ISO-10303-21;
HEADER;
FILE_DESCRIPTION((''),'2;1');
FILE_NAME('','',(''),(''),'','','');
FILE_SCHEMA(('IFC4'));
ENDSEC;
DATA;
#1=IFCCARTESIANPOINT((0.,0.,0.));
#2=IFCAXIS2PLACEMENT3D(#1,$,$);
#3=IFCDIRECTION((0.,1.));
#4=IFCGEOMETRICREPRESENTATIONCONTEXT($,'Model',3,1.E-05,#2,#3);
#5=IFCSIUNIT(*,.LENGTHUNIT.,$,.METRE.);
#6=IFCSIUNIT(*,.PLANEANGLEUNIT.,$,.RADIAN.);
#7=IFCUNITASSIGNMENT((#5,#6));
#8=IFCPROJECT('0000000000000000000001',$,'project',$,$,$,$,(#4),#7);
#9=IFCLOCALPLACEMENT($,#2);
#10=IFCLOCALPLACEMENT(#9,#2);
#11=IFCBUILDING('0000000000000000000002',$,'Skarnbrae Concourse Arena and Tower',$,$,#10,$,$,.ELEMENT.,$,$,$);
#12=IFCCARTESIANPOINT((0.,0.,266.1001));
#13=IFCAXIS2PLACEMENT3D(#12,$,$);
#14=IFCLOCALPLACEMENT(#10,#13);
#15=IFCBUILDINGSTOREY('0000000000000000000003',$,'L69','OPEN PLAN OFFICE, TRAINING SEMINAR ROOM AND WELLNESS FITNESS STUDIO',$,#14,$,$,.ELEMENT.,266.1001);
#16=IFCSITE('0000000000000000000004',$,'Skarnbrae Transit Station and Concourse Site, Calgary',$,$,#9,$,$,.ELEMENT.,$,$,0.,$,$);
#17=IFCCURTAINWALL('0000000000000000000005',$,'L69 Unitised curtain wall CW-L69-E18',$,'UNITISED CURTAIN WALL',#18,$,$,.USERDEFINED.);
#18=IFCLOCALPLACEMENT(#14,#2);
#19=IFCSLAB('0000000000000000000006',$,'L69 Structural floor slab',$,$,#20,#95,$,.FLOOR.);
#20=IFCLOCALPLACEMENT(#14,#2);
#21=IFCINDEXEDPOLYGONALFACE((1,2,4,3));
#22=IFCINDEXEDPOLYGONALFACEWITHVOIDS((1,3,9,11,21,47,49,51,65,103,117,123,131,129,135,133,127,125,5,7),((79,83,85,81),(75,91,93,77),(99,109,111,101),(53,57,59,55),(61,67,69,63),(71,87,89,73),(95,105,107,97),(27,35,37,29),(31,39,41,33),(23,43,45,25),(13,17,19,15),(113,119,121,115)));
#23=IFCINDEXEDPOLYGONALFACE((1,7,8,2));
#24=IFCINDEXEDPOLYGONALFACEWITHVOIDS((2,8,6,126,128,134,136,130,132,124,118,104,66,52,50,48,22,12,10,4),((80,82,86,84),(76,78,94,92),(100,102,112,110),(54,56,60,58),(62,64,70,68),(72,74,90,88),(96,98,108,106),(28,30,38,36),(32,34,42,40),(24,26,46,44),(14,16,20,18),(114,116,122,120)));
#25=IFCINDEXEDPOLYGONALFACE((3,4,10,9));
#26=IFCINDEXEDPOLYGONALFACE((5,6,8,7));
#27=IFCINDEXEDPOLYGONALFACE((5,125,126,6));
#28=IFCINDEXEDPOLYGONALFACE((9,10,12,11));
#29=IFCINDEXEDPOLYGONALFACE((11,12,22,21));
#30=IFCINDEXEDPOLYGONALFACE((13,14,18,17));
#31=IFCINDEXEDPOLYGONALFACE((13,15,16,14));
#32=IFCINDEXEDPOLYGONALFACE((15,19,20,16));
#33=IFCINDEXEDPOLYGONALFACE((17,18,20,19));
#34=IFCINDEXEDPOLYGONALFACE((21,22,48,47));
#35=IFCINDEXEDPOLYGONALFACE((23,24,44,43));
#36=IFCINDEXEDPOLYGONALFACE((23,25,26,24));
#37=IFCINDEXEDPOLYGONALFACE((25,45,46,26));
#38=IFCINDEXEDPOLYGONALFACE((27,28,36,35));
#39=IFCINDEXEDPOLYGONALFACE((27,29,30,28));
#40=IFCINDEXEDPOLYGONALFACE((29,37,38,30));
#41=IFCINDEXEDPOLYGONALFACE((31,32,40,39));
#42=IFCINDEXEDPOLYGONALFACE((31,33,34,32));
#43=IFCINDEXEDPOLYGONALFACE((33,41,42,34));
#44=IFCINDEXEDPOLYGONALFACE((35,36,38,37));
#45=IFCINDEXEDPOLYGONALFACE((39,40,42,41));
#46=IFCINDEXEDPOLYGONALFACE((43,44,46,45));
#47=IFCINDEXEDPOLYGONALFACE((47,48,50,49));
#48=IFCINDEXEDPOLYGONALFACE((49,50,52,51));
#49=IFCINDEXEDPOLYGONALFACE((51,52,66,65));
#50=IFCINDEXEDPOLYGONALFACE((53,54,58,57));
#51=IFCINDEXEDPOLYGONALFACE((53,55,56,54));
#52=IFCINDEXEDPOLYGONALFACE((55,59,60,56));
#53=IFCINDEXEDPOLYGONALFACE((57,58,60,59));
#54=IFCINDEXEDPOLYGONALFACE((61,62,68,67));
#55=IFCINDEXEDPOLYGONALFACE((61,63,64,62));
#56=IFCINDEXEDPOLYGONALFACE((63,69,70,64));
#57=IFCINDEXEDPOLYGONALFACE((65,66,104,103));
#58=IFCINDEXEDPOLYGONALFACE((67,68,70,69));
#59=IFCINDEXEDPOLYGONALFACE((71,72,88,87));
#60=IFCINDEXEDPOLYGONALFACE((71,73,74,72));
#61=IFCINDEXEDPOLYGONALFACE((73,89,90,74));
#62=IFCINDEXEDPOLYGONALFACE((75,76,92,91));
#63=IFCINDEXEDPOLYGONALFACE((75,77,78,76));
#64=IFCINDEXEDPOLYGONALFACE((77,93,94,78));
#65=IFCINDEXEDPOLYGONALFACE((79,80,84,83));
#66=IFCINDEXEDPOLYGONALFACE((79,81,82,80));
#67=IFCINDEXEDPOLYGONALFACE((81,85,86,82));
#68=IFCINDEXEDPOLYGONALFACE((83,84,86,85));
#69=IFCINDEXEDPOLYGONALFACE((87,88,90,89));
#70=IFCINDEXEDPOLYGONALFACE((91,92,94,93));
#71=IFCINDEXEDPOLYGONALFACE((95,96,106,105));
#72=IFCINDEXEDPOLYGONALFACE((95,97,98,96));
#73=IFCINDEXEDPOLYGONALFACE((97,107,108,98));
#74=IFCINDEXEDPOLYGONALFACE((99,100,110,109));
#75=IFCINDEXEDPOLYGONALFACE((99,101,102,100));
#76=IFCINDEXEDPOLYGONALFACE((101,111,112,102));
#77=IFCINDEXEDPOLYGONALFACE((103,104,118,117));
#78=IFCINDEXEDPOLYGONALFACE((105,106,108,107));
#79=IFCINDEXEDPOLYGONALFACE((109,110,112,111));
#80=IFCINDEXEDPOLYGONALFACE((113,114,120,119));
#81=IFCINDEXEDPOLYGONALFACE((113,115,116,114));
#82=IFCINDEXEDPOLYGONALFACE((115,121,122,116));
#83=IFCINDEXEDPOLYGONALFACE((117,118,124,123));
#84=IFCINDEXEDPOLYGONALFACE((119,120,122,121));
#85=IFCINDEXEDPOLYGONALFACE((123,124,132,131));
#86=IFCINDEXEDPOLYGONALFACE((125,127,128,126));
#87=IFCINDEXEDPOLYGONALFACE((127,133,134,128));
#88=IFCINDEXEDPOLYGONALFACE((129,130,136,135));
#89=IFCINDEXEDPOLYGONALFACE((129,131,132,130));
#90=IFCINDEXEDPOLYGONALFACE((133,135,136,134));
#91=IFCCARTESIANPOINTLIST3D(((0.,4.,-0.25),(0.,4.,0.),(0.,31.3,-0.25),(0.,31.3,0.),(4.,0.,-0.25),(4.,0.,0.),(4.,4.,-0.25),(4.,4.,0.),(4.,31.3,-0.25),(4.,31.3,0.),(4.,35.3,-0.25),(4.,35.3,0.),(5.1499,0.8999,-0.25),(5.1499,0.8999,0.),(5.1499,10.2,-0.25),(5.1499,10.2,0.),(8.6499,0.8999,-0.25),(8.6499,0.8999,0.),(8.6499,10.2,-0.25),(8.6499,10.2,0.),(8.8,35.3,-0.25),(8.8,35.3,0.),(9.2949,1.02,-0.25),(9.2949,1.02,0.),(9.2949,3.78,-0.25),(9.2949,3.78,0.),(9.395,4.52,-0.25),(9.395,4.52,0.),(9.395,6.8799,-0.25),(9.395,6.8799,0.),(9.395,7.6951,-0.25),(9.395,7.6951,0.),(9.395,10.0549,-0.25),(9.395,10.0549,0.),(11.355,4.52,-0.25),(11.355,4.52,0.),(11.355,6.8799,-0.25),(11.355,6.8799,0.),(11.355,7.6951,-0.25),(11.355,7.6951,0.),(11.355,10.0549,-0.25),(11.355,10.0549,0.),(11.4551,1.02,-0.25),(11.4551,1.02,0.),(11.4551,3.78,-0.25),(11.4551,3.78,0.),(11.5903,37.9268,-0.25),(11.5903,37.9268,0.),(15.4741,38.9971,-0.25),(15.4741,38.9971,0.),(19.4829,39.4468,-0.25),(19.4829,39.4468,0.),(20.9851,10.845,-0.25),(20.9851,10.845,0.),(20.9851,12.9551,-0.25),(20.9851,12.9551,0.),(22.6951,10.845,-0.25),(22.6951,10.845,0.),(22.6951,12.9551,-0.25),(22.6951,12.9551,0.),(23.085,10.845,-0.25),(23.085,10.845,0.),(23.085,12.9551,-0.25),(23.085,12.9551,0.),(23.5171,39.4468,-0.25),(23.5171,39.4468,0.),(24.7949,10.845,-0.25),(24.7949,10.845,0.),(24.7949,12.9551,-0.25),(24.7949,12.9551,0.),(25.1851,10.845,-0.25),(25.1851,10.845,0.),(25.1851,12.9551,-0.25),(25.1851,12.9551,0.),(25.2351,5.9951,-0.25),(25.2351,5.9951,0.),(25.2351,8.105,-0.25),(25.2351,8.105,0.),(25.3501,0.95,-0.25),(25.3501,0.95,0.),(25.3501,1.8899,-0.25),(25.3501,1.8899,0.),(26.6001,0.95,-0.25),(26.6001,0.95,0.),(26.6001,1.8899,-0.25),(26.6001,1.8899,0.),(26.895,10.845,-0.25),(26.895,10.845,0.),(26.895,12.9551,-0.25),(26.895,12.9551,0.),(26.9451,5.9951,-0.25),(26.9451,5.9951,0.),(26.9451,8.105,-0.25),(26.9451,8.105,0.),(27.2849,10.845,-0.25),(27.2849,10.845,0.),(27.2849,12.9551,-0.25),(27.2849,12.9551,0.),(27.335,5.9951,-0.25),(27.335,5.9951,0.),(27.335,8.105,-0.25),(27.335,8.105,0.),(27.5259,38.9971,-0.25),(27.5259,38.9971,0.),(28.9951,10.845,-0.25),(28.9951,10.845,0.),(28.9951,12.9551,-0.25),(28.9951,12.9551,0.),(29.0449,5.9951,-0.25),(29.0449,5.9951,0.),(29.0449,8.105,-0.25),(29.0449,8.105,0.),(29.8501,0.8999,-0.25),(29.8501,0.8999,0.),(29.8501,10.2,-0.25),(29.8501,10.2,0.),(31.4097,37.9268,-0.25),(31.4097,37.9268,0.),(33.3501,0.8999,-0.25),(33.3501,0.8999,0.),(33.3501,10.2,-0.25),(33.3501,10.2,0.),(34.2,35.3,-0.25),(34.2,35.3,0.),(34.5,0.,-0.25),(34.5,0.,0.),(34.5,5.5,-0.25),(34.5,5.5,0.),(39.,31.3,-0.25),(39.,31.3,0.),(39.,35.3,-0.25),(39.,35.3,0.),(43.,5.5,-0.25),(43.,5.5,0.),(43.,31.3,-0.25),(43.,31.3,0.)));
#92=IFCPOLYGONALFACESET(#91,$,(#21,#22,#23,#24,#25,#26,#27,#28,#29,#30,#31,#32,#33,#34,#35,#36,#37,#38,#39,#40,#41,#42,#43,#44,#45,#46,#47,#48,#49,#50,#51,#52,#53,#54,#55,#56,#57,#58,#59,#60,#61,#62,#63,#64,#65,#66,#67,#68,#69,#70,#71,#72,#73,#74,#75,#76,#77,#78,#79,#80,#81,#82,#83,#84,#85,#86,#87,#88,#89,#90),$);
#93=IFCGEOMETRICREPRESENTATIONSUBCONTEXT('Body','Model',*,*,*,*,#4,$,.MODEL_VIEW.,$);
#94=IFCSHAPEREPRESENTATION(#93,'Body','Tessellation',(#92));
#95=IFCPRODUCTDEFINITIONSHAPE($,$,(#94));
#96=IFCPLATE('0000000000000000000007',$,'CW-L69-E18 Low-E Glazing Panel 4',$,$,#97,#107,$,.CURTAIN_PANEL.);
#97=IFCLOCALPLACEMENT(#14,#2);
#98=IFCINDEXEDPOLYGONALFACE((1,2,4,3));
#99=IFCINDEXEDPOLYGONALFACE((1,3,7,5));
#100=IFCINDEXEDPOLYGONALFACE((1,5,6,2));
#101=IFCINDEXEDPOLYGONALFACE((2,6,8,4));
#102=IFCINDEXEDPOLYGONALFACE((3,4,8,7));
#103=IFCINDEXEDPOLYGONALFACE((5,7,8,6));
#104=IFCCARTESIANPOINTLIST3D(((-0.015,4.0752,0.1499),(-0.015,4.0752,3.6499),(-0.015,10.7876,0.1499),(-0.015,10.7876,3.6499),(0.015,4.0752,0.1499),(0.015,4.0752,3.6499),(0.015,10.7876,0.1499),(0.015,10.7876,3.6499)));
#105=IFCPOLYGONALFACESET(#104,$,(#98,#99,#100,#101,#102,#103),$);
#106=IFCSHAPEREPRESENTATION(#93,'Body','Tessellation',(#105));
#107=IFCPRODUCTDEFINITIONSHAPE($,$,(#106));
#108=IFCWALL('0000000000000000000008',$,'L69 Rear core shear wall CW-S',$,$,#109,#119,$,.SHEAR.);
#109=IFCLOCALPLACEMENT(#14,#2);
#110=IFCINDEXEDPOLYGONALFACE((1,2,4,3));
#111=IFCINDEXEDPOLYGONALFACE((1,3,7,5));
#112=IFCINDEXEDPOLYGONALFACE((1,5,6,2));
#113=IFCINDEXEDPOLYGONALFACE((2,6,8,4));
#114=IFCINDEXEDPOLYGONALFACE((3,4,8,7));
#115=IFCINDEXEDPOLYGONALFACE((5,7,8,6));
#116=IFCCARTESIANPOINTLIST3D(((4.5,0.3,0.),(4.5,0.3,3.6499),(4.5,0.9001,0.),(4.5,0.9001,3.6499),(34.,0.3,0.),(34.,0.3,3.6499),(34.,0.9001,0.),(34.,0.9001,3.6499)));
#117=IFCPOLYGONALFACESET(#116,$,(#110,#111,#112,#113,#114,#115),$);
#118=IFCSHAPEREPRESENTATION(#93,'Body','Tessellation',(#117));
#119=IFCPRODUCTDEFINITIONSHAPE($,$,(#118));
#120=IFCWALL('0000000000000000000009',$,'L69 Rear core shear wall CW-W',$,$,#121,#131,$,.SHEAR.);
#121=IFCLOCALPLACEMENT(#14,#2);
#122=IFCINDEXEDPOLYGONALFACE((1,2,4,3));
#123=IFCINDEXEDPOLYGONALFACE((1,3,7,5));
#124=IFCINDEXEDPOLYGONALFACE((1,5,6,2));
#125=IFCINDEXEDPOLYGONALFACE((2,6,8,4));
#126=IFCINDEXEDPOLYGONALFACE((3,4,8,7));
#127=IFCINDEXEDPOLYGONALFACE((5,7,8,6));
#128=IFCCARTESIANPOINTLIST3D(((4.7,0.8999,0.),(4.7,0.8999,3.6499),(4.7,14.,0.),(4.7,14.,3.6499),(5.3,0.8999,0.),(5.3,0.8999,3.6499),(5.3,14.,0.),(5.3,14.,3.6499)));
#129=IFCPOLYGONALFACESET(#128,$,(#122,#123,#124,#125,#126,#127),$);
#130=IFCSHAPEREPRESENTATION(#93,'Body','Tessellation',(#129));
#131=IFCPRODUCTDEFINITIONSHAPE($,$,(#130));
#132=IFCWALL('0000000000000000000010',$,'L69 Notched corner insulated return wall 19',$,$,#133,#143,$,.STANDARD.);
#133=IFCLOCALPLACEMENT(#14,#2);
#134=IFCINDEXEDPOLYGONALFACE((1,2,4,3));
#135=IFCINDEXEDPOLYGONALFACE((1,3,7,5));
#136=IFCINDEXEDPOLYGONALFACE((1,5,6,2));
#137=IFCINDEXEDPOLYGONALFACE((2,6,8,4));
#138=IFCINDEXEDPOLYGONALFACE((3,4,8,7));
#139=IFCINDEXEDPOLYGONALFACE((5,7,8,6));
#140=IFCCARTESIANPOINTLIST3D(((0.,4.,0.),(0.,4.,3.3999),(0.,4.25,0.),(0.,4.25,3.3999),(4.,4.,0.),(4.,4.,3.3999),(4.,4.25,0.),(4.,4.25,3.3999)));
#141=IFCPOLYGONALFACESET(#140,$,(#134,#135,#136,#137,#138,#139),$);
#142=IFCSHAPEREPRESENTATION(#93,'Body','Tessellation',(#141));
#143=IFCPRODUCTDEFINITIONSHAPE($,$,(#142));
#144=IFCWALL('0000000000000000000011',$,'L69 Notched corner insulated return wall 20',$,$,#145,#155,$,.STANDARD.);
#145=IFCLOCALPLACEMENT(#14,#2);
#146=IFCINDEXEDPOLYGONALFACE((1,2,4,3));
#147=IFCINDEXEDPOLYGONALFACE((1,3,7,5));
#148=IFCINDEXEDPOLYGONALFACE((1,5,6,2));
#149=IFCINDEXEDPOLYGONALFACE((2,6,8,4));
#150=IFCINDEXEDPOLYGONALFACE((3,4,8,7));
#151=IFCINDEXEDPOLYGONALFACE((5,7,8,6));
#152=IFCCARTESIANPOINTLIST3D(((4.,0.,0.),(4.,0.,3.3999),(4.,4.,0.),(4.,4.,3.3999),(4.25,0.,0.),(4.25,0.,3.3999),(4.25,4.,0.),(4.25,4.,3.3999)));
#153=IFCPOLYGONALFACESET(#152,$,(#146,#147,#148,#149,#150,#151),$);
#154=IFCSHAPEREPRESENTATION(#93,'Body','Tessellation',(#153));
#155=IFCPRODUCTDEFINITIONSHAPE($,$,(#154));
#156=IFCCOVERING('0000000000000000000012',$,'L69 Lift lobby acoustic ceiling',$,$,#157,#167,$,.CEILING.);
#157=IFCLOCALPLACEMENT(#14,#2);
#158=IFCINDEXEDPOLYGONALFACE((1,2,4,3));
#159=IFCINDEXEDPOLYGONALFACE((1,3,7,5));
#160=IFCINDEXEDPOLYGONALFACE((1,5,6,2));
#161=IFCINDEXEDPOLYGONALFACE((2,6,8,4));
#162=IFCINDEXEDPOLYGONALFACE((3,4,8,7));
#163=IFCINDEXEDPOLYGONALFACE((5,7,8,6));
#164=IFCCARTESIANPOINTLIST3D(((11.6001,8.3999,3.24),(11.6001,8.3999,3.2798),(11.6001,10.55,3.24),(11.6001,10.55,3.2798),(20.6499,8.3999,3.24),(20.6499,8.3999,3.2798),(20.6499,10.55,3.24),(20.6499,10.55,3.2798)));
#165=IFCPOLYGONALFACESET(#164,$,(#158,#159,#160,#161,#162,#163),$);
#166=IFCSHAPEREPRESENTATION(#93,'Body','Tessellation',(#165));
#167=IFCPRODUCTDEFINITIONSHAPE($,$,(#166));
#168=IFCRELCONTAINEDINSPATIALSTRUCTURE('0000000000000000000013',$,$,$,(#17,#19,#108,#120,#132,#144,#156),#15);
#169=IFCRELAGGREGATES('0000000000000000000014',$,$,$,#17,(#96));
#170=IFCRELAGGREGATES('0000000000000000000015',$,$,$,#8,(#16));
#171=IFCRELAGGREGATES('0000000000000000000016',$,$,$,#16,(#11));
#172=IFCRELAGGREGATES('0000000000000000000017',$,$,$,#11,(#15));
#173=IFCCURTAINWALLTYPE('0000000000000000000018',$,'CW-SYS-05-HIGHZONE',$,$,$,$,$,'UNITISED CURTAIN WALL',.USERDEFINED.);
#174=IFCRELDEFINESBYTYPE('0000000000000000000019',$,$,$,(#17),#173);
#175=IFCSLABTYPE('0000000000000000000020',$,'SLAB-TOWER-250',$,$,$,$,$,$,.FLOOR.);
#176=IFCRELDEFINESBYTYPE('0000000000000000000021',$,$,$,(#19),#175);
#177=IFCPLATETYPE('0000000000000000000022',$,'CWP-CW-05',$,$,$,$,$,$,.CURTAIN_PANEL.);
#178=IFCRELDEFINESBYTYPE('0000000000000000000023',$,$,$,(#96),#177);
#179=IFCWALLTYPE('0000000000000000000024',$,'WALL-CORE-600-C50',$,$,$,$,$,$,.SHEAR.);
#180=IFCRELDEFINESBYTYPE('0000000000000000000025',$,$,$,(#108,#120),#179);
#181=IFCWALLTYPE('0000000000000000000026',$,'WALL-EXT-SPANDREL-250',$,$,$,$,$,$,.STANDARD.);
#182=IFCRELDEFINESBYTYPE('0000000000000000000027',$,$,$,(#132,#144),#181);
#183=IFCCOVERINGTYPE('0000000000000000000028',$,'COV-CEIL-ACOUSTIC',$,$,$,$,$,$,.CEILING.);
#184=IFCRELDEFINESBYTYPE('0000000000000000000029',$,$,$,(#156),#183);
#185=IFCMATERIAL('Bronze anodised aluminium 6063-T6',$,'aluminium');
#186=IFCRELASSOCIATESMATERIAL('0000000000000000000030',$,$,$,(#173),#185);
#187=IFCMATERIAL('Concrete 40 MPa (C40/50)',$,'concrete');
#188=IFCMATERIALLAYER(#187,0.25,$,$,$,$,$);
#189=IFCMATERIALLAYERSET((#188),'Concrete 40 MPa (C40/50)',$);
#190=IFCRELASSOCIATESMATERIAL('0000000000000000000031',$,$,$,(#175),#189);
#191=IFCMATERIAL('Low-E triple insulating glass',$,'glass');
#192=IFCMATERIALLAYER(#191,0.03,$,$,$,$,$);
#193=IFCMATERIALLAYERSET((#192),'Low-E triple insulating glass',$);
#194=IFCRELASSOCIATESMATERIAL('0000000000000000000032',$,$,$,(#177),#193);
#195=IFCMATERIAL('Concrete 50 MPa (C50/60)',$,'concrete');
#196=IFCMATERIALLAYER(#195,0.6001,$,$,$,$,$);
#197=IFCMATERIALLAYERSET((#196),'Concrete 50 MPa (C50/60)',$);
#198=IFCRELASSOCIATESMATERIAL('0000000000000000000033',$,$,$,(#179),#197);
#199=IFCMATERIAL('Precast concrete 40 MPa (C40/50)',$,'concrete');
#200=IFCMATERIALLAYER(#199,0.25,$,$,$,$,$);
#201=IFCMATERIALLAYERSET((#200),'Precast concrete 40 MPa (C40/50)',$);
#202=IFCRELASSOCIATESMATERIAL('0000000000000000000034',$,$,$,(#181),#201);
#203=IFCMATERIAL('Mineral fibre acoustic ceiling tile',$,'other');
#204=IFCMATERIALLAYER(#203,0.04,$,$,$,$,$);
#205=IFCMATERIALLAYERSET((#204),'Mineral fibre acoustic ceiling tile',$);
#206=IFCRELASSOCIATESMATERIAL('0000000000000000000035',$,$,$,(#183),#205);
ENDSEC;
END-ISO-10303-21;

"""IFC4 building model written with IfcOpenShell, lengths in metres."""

from ifc_helpers import new_model, si_unit, direction, frame, frame_2d, origin, origin_2d, place, context, subcontext, project, spatial, polyline, rectangle, outline, extrude, source, transform, mapped, material, layer, layer_set, type_object, element, aggregate, save


model = new_model("IFC4")

# Units and contexts
model_context = context("Model", 3, precision=1e-05, world=origin(), true_north=direction((0.0, 1.0)))
body_context = subcontext(model_context, "Body", "Model", "MODEL_VIEW")
ifc_project = project(units=[si_unit("LENGTHUNIT", "METRE"), si_unit("PLANEANGLEUNIT", "RADIAN")], contexts=[model_context])

# Site, building, storey
site_placement = place(None, origin())
site = spatial("IfcSite", under=ifc_project, at=site_placement, Name="Skarnbrae Transit Station and Concourse Site, Calgary", CompositionType="ELEMENT", RefElevation=0.0)
building_placement = place(site_placement, origin())
building = spatial("IfcBuilding", under=site, at=building_placement, Name="Skarnbrae Concourse Arena and Tower", CompositionType="ELEMENT")
storey_placement = place(building_placement, frame((0.0, 0.0, 266.1001)))
storey = spatial("IfcBuildingStorey", under=building, at=storey_placement, Name="L69", Description="OPEN PLAN OFFICE, TRAINING SEMINAR ROOM AND WELLNESS FITNESS STUDIO", CompositionType="ELEMENT", Elevation=266.1001)

# Curtain wall
ifc_material_1 = material(Name="Bronze anodised aluminium 6063-T6", Category="aluminium")
curtain_wall_type = type_object("IfcCurtainWallType", Name="CW-SYS-05-HIGHZONE", ElementType="UNITISED CURTAIN WALL", PredefinedType="USERDEFINED", material=ifc_material_1)
curtain_wall_placement = place(storey_placement, origin())
curtain_wall = element("IfcCurtainWall", 1, at=curtain_wall_placement, inside=storey, type_object=curtain_wall_type, Name="L69 Unitised curtain wall CW-L69-E18", ObjectType="UNITISED CURTAIN WALL", PredefinedType="USERDEFINED")

# Shared definitions
ifc_material_2 = material(Name="Concrete 40 MPa (C40/50)", Category="concrete")

# Slab
ifc_layer_1 = layer(ifc_material_2, 0.25)
ifc_layer_set_1 = layer_set([ifc_layer_1], Name="Concrete 40 MPa (C40/50)")
slab_type_1 = type_object("IfcSlabType", Name="SLAB-TOWER-250", PredefinedType="FLOOR", material=ifc_layer_set_1)
slab_1_placement = place(storey_placement, frame((0.0, 0.0, -0.25)))
element("IfcSlab", 2, at=slab_1_placement, inside=storey, type_object=slab_type_1, Name="L69 Structural floor slab", PredefinedType="FLOOR", context=body_context, shape_type="SweptSolid", body=[
    extrude(outline(polyline([(4.0, 0.0), (34.5, 0.0), (34.5, 5.5), (43.0, 5.5), (43.0, 31.3), (39.0, 31.3), (39.0, 35.3), (34.2, 35.3), (31.4097, 37.9268), (27.5259, 38.9971), (23.5171, 39.4468), (19.4829, 39.4468), (15.4741, 38.9971), (11.5903, 37.9268), (8.8, 35.3), (4.0, 35.3), (4.0, 31.3), (0.0, 31.3), (0.0, 4.0), (4.0, 4.0), (4.0, 0.0)]), holes=[polyline([(9.2949, 1.02), (9.2949, 3.78), (11.4551, 3.78), (11.4551, 1.02), (9.2949, 1.02)]), polyline([(8.6499, 10.2), (8.6499, 0.8999), (5.1499, 0.8999), (5.1499, 10.2), (8.6499, 10.2)]), polyline([(9.395, 6.8799), (11.355, 6.8799), (11.355, 4.52), (9.395, 4.52), (9.395, 6.8799)]), polyline([(9.395, 7.6951), (9.395, 10.0549), (11.355, 10.0549), (11.355, 7.6951), (9.395, 7.6951)]), polyline([(20.9851, 12.9551), (22.6951, 12.9551), (22.6951, 10.845), (20.9851, 10.845), (20.9851, 12.9551)]), polyline([(23.085, 12.9551), (24.7949, 12.9551), (24.7949, 10.845), (23.085, 10.845), (23.085, 12.9551)]), polyline([(25.3501, 0.95), (25.3501, 1.8899), (26.6001, 1.8899), (26.6001, 0.95), (25.3501, 0.95)]), polyline([(33.3501, 10.2), (33.3501, 0.8999), (29.8501, 0.8999), (29.8501, 10.2), (33.3501, 10.2)]), polyline([(25.2351, 8.105), (26.9451, 8.105), (26.9451, 5.9951), (25.2351, 5.9951), (25.2351, 8.105)]), polyline([(27.335, 5.9951), (27.335, 8.105), (29.0449, 8.105), (29.0449, 5.9951), (27.335, 5.9951)]), polyline([(25.1851, 12.9551), (26.895, 12.9551), (26.895, 10.845), (25.1851, 10.845), (25.1851, 12.9551)]), polyline([(27.2849, 12.9551), (28.9951, 12.9551), (28.9951, 10.845), (27.2849, 10.845), (27.2849, 12.9551)])]), origin(), (0.0, 0.0, 1.0), 0.25),
])

# Plate
ifc_material_3 = material(Name="Low-E triple insulating glass", Category="glass")
ifc_layer_2 = layer(ifc_material_3, 0.03)
ifc_layer_set_2 = layer_set([ifc_layer_2], Name="Low-E triple insulating glass")
plate_type = type_object("IfcPlateType", Name="CWP-CW-05", PredefinedType="CURTAIN_PANEL", material=ifc_layer_set_2)
shared_shape_1 = source(origin(), body_context, "Body", "SweptSolid", [
    extrude(rectangle(XDim=6.7124, YDim=0.03, at=origin_2d()), origin(), (0.0, 0.0, 1.0), 3.5),
])
plate_placement = place(storey_placement, frame((0.0, 7.4314, 0.1499), z_axis=(0.0, 0.0, 1.0), x_axis=(0.0, -1.0, 0.0)))
plate = element("IfcPlate", 3, at=plate_placement, type_object=plate_type, Name="CW-L69-E18 Low-E Glazing Panel 4", PredefinedType="CURTAIN_PANEL", context=body_context, shape_type="MappedRepresentation", body=[
    mapped(shared_shape_1, transform((0.0, 0.0, 0.0))),
])
aggregate(curtain_wall, [plate])

# Shared definitions
ifc_material_4 = material(Name="Concrete 50 MPa (C50/60)", Category="concrete")

# Walls
ifc_layer_3 = layer(ifc_material_4, 0.6001)
ifc_layer_set_3 = layer_set([ifc_layer_3], Name="Concrete 50 MPa (C50/60)")
wall_type_1 = type_object("IfcWallType", Name="WALL-CORE-600-C50", PredefinedType="SHEAR", material=ifc_layer_set_3)
shared_shape_2 = source(origin(), body_context, "Body", "SweptSolid", [
    extrude(rectangle(XDim=29.5, YDim=0.6001, at=frame_2d((14.75, 0.0))), origin(), (0.0, 0.0, 1.0), 3.6499),
])
wall_1_placement = place(storey_placement, frame((4.5, 0.6001, 0.0), z_axis=(0.0, 0.0, 1.0), x_axis=(1.0, 0.0, 0.0)))
element("IfcWall", 4, at=wall_1_placement, inside=storey, type_object=wall_type_1, Name="L69 Rear core shear wall CW-S", PredefinedType="SHEAR", context=body_context, shape_type="MappedRepresentation", body=[
    mapped(shared_shape_2, transform((0.0, 0.0, 0.0))),
])
shared_shape_3 = source(origin(), body_context, "Body", "SweptSolid", [
    extrude(rectangle(XDim=13.1001, YDim=0.6001, at=frame_2d((6.55, 0.0))), origin(), (0.0, 0.0, 1.0), 3.6499),
])
wall_2_placement = place(storey_placement, frame((5.0, 0.8999, 0.0), z_axis=(0.0, 0.0, 1.0), x_axis=(0.0, 1.0, 0.0)))
element("IfcWall", 5, at=wall_2_placement, inside=storey, type_object=wall_type_1, Name="L69 Rear core shear wall CW-W", PredefinedType="SHEAR", context=body_context, shape_type="MappedRepresentation", body=[
    mapped(shared_shape_3, transform((0.0, 0.0, 0.0))),
])
ifc_material_5 = material(Name="Precast concrete 40 MPa (C40/50)", Category="concrete")
ifc_layer_4 = layer(ifc_material_5, 0.25)
ifc_layer_set_4 = layer_set([ifc_layer_4], Name="Precast concrete 40 MPa (C40/50)")
wall_type_2 = type_object("IfcWallType", Name="WALL-EXT-SPANDREL-250", PredefinedType="STANDARD", material=ifc_layer_set_4)
shared_shape_4 = source(origin(), body_context, "Body", "SweptSolid", [
    extrude(rectangle(XDim=4.0, YDim=0.25, at=frame_2d((2.0, 0.0))), origin(), (0.0, 0.0, 1.0), 3.3999),
])
for number, where, z_axis, x_axis, name in (
    (6, (0.0, 4.125, 0.0), (0.0, 0.0, 1.0), (1.0, 0.0, 0.0), "L69 Notched corner insulated return wall 19"),
    (7, (4.125, 4.0, 0.0), (0.0, 0.0, 1.0), (0.0, -1.0, 0.0), "L69 Notched corner insulated return wall 20"),
):
    element("IfcWall", number, at=place(storey_placement, frame(where, z_axis=z_axis, x_axis=x_axis)), inside=storey, type_object=wall_type_2, Name=name, PredefinedType="STANDARD", context=body_context, shape_type="MappedRepresentation", body=[
        mapped(shared_shape_4, transform((0.0, 0.0, 0.0))),
    ])

# Covering
ifc_material_6 = material(Name="Mineral fibre acoustic ceiling tile", Category="other")
ifc_layer_5 = layer(ifc_material_6, 0.04)
ifc_layer_set_5 = layer_set([ifc_layer_5], Name="Mineral fibre acoustic ceiling tile")
covering_type_1 = type_object("IfcCoveringType", Name="COV-CEIL-ACOUSTIC", PredefinedType="CEILING", material=ifc_layer_set_5)
covering_1_placement = place(storey_placement, frame((0.0, 0.0, 3.24)))
element("IfcCovering", 8, at=covering_1_placement, inside=storey, type_object=covering_type_1, Name="L69 Lift lobby acoustic ceiling", PredefinedType="CEILING", context=body_context, shape_type="SweptSolid", body=[
    extrude(outline(polyline([(11.6001, 8.3999), (20.6499, 8.3999), (20.6499, 10.55), (11.6001, 10.55), (11.6001, 8.3999)])), origin(), (0.0, 0.0, 1.0), 0.0398),
])

save(model, "model.ifc")
